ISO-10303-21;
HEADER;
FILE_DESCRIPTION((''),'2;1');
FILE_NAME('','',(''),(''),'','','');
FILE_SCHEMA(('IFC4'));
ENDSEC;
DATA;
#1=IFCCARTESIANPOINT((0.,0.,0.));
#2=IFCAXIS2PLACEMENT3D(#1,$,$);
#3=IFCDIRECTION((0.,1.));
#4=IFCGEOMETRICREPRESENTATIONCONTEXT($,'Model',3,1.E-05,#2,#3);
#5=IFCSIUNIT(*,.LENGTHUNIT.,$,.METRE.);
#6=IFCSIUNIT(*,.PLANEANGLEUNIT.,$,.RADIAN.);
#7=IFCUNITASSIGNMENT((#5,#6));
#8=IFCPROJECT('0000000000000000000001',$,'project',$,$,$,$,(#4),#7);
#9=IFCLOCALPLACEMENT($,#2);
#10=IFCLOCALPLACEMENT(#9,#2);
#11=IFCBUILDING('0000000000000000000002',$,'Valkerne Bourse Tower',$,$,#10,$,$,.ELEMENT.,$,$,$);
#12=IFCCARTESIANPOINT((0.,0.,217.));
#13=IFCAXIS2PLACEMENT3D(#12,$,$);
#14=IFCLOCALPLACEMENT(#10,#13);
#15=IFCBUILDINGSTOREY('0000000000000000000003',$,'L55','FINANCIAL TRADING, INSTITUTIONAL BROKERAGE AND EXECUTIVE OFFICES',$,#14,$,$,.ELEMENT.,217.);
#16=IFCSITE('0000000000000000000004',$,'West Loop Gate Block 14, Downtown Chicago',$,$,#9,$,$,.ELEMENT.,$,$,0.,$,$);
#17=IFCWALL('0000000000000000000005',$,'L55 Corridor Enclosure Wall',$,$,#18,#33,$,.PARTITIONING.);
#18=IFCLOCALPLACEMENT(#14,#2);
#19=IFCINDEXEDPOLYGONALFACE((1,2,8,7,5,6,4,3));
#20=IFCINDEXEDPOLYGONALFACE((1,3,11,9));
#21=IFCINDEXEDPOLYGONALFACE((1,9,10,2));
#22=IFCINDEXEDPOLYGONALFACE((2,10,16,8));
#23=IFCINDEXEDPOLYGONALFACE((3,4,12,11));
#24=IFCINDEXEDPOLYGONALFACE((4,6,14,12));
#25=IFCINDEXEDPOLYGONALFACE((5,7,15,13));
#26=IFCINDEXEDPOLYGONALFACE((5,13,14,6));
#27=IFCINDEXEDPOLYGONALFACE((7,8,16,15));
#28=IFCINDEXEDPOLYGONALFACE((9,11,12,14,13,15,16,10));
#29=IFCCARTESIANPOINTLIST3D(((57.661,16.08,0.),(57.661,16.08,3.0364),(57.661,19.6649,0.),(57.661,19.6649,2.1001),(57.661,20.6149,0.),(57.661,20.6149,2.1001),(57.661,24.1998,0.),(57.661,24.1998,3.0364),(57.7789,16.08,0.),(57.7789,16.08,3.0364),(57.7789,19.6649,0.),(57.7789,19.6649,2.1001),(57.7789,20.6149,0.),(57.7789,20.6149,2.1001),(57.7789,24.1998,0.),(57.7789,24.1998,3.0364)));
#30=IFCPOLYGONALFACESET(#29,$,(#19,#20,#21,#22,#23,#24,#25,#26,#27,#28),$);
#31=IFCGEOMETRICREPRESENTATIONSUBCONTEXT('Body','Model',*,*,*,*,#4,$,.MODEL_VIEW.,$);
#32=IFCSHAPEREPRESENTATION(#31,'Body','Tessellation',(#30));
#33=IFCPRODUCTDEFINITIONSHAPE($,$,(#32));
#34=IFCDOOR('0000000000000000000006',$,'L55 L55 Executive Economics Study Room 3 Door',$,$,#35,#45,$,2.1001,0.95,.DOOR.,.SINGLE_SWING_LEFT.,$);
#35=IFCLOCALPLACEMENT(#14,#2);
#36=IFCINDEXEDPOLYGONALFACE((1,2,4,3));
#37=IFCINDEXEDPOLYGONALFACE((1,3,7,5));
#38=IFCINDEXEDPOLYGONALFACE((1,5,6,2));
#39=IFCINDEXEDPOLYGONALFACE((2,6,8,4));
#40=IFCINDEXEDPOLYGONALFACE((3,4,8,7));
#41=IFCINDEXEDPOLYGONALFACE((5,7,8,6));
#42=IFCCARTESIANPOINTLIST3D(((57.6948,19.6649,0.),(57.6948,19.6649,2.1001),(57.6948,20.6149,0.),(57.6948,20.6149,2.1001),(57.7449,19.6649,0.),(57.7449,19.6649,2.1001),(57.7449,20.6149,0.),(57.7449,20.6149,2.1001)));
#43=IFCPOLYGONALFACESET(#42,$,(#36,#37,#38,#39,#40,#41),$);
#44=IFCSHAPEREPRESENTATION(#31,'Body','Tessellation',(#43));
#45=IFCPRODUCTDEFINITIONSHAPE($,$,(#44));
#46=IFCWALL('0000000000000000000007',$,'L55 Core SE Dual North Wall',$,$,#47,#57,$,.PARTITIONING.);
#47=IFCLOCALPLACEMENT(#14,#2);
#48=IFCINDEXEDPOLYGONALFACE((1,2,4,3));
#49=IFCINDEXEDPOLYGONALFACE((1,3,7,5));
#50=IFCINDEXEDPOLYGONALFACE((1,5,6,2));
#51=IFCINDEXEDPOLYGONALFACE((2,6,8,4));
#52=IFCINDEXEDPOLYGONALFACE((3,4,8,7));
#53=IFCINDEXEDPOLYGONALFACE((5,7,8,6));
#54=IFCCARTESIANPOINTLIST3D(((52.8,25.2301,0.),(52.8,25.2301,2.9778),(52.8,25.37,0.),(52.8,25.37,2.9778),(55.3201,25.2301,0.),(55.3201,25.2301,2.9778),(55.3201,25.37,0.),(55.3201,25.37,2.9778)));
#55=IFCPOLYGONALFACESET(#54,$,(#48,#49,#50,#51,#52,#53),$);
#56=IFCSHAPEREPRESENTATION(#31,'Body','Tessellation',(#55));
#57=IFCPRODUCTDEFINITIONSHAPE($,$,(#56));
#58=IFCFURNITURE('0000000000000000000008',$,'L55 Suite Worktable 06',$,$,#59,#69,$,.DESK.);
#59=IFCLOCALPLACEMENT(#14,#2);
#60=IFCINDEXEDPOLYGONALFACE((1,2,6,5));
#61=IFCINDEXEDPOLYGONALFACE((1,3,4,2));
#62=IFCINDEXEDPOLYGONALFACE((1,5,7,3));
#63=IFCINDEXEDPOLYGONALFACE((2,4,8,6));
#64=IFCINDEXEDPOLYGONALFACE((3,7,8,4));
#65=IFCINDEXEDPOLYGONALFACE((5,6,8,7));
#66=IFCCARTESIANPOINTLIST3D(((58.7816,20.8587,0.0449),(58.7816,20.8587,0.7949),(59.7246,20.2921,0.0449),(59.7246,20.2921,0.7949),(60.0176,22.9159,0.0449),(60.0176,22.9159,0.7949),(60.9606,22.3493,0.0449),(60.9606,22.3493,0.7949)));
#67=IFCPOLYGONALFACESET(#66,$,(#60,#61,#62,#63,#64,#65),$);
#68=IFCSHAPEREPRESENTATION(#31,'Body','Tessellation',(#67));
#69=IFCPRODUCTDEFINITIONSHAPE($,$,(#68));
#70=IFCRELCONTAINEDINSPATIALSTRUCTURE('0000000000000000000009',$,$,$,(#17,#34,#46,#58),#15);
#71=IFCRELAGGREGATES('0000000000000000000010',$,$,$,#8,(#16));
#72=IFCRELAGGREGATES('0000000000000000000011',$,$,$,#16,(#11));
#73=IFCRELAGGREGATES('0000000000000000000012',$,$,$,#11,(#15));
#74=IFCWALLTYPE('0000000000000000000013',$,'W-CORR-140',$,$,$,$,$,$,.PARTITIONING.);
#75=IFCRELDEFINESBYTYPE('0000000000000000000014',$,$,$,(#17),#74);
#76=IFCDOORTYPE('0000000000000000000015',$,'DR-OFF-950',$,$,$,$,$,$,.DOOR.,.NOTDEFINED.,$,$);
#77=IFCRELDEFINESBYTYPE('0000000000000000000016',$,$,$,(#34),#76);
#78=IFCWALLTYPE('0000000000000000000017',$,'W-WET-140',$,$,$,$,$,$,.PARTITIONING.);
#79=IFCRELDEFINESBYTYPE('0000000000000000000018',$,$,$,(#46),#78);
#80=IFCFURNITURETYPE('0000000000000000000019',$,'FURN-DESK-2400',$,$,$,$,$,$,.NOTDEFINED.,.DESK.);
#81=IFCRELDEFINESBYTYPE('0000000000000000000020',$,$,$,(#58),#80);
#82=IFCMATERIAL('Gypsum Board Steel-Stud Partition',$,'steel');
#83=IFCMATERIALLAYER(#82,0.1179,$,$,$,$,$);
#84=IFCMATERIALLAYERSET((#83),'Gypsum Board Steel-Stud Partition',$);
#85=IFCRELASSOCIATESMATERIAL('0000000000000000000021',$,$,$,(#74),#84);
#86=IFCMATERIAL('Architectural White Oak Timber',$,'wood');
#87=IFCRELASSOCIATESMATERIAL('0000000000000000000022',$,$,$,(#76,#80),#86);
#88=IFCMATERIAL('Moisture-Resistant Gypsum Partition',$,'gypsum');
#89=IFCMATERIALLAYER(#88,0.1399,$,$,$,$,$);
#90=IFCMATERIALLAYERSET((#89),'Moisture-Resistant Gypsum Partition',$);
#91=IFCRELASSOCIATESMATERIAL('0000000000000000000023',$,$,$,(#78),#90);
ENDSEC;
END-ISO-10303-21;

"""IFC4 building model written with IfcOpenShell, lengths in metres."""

from ifc_helpers import new_model, si_unit, direction, frame, frame_2d, origin, origin_2d, place, context, subcontext, project, spatial, rectangle, extrude, material, layer, layer_set, type_object, element, fill, save


model = new_model("IFC4")

# Units and contexts
model_context = context("Model", 3, precision=1e-05, world=origin(), true_north=direction((0.0, 1.0)))
body_context = subcontext(model_context, "Body", "Model", "MODEL_VIEW")
ifc_project = project(units=[si_unit("LENGTHUNIT", "METRE"), si_unit("PLANEANGLEUNIT", "RADIAN")], contexts=[model_context])

# Site, building, storey
site_placement = place(None, origin())
site = spatial("IfcSite", under=ifc_project, at=site_placement, Name="West Loop Gate Block 14, Downtown Chicago", CompositionType="ELEMENT", RefElevation=0.0)
building_placement = place(site_placement, origin())
building = spatial("IfcBuilding", under=site, at=building_placement, Name="Valkerne Bourse Tower", CompositionType="ELEMENT")
storey_placement = place(building_placement, frame((0.0, 0.0, 217.0)))
storey = spatial("IfcBuildingStorey", under=building, at=storey_placement, Name="L55", Description="FINANCIAL TRADING, INSTITUTIONAL BROKERAGE AND EXECUTIVE OFFICES", CompositionType="ELEMENT", Elevation=217.0)

# Shared definitions
ifc_material_1 = material(Name="Gypsum Board Steel-Stud Partition", Category="steel")
ifc_layer_1 = layer(ifc_material_1, 0.1179)
ifc_layer_set_1 = layer_set([ifc_layer_1], Name="Gypsum Board Steel-Stud Partition")
wall_type_1 = type_object("IfcWallType", Name="W-CORR-140", PredefinedType="PARTITIONING", material=ifc_layer_set_1)

# Wall, opening, door
wall_1_placement = place(storey_placement, frame((57.72, 24.2, 0.0), z_axis=(0.0, 0.0, 1.0), x_axis=(0.0, -1.0, 0.0)))
wall_1 = element("IfcWall", 1, at=wall_1_placement, inside=storey, type_object=wall_type_1, Name="L55 Corridor Enclosure Wall", PredefinedType="PARTITIONING", context=body_context, shape_type="SweptSolid", body=[
    extrude(rectangle(XDim=8.1199, YDim=0.1179, at=frame_2d((4.0601, 0.0))), origin(), (0.0, 0.0, 1.0), 3.0364),
])
opening_placement = place(wall_1_placement, frame((3.585, 0.0, 0.0)))
opening = element("IfcOpeningElement", 2, at=opening_placement, cuts=wall_1, PredefinedType="OPENING", context=body_context, shape_type="SweptSolid", body=[
    extrude(rectangle(XDim=0.95, YDim=2.1001, at=frame_2d((0.4751, 1.05))), frame((0.0, 0.0688, 0.0), z_axis=(0.0, -1.0, 0.0), x_axis=(1.0, 0.0, 0.0)), (0.0, 0.0, 1.0), 0.1379),
])
ifc_material_2 = material(Name="Architectural White Oak Timber", Category="wood")
door_type = type_object("IfcDoorType", Name="DR-OFF-950", OperationType="NOTDEFINED", PredefinedType="DOOR", material=ifc_material_2)
door_placement = place(opening_placement, origin())
door = element("IfcDoor", 3, at=door_placement, inside=storey, type_object=door_type, Name="L55 L55 Executive Economics Study Room 3 Door", OperationType="SINGLE_SWING_LEFT", OverallHeight=2.1001, OverallWidth=0.95, PredefinedType="DOOR", context=body_context, shape_type="SweptSolid", body=[
    extrude(rectangle(XDim=0.95, YDim=2.1001, at=frame_2d((0.4751, 1.05))), frame((0.0, 0.0249, 0.0), z_axis=(0.0, -1.0, 0.0), x_axis=(1.0, 0.0, 0.0)), (0.0, 0.0, 1.0), 0.05),
])
fill(opening, door)

# Wall
ifc_material_3 = material(Name="Moisture-Resistant Gypsum Partition", Category="gypsum")
ifc_layer_2 = layer(ifc_material_3, 0.1399)
ifc_layer_set_2 = layer_set([ifc_layer_2], Name="Moisture-Resistant Gypsum Partition")
wall_type_2 = type_object("IfcWallType", Name="W-WET-140", PredefinedType="PARTITIONING", material=ifc_layer_set_2)
wall_2_placement = place(storey_placement, frame((52.8, 25.3, 0.0), z_axis=(0.0, 0.0, 1.0), x_axis=(1.0, 0.0, 0.0)))
element("IfcWall", 4, at=wall_2_placement, inside=storey, type_object=wall_type_2, Name="L55 Core SE Dual North Wall", PredefinedType="PARTITIONING", context=body_context, shape_type="SweptSolid", body=[
    extrude(rectangle(XDim=2.52, YDim=0.1399, at=frame_2d((1.26, 0.0))), origin(), (0.0, 0.0, 1.0), 2.9778),
])

# Furniture
furniture_type = type_object("IfcFurnitureType", Name="FURN-DESK-2400", AssemblyPlace="NOTDEFINED", PredefinedType="DESK", material=ifc_material_2)
furniture_placement = place(storey_placement, frame((59.8711, 21.604, 0.0449), z_axis=(0.0, 0.0, 1.0), x_axis=(0.515038, 0.857167, 0.0)))
element("IfcFurniture", 5, at=furniture_placement, inside=storey, type_object=furniture_type, Name="L55 Suite Worktable 06", PredefinedType="DESK", context=body_context, shape_type="SweptSolid", body=[
    extrude(rectangle(XDim=2.3999, YDim=1.1001, at=origin_2d()), origin(), (0.0, 0.0, 1.0), 0.75),
])

save(model, "model.ifc")
